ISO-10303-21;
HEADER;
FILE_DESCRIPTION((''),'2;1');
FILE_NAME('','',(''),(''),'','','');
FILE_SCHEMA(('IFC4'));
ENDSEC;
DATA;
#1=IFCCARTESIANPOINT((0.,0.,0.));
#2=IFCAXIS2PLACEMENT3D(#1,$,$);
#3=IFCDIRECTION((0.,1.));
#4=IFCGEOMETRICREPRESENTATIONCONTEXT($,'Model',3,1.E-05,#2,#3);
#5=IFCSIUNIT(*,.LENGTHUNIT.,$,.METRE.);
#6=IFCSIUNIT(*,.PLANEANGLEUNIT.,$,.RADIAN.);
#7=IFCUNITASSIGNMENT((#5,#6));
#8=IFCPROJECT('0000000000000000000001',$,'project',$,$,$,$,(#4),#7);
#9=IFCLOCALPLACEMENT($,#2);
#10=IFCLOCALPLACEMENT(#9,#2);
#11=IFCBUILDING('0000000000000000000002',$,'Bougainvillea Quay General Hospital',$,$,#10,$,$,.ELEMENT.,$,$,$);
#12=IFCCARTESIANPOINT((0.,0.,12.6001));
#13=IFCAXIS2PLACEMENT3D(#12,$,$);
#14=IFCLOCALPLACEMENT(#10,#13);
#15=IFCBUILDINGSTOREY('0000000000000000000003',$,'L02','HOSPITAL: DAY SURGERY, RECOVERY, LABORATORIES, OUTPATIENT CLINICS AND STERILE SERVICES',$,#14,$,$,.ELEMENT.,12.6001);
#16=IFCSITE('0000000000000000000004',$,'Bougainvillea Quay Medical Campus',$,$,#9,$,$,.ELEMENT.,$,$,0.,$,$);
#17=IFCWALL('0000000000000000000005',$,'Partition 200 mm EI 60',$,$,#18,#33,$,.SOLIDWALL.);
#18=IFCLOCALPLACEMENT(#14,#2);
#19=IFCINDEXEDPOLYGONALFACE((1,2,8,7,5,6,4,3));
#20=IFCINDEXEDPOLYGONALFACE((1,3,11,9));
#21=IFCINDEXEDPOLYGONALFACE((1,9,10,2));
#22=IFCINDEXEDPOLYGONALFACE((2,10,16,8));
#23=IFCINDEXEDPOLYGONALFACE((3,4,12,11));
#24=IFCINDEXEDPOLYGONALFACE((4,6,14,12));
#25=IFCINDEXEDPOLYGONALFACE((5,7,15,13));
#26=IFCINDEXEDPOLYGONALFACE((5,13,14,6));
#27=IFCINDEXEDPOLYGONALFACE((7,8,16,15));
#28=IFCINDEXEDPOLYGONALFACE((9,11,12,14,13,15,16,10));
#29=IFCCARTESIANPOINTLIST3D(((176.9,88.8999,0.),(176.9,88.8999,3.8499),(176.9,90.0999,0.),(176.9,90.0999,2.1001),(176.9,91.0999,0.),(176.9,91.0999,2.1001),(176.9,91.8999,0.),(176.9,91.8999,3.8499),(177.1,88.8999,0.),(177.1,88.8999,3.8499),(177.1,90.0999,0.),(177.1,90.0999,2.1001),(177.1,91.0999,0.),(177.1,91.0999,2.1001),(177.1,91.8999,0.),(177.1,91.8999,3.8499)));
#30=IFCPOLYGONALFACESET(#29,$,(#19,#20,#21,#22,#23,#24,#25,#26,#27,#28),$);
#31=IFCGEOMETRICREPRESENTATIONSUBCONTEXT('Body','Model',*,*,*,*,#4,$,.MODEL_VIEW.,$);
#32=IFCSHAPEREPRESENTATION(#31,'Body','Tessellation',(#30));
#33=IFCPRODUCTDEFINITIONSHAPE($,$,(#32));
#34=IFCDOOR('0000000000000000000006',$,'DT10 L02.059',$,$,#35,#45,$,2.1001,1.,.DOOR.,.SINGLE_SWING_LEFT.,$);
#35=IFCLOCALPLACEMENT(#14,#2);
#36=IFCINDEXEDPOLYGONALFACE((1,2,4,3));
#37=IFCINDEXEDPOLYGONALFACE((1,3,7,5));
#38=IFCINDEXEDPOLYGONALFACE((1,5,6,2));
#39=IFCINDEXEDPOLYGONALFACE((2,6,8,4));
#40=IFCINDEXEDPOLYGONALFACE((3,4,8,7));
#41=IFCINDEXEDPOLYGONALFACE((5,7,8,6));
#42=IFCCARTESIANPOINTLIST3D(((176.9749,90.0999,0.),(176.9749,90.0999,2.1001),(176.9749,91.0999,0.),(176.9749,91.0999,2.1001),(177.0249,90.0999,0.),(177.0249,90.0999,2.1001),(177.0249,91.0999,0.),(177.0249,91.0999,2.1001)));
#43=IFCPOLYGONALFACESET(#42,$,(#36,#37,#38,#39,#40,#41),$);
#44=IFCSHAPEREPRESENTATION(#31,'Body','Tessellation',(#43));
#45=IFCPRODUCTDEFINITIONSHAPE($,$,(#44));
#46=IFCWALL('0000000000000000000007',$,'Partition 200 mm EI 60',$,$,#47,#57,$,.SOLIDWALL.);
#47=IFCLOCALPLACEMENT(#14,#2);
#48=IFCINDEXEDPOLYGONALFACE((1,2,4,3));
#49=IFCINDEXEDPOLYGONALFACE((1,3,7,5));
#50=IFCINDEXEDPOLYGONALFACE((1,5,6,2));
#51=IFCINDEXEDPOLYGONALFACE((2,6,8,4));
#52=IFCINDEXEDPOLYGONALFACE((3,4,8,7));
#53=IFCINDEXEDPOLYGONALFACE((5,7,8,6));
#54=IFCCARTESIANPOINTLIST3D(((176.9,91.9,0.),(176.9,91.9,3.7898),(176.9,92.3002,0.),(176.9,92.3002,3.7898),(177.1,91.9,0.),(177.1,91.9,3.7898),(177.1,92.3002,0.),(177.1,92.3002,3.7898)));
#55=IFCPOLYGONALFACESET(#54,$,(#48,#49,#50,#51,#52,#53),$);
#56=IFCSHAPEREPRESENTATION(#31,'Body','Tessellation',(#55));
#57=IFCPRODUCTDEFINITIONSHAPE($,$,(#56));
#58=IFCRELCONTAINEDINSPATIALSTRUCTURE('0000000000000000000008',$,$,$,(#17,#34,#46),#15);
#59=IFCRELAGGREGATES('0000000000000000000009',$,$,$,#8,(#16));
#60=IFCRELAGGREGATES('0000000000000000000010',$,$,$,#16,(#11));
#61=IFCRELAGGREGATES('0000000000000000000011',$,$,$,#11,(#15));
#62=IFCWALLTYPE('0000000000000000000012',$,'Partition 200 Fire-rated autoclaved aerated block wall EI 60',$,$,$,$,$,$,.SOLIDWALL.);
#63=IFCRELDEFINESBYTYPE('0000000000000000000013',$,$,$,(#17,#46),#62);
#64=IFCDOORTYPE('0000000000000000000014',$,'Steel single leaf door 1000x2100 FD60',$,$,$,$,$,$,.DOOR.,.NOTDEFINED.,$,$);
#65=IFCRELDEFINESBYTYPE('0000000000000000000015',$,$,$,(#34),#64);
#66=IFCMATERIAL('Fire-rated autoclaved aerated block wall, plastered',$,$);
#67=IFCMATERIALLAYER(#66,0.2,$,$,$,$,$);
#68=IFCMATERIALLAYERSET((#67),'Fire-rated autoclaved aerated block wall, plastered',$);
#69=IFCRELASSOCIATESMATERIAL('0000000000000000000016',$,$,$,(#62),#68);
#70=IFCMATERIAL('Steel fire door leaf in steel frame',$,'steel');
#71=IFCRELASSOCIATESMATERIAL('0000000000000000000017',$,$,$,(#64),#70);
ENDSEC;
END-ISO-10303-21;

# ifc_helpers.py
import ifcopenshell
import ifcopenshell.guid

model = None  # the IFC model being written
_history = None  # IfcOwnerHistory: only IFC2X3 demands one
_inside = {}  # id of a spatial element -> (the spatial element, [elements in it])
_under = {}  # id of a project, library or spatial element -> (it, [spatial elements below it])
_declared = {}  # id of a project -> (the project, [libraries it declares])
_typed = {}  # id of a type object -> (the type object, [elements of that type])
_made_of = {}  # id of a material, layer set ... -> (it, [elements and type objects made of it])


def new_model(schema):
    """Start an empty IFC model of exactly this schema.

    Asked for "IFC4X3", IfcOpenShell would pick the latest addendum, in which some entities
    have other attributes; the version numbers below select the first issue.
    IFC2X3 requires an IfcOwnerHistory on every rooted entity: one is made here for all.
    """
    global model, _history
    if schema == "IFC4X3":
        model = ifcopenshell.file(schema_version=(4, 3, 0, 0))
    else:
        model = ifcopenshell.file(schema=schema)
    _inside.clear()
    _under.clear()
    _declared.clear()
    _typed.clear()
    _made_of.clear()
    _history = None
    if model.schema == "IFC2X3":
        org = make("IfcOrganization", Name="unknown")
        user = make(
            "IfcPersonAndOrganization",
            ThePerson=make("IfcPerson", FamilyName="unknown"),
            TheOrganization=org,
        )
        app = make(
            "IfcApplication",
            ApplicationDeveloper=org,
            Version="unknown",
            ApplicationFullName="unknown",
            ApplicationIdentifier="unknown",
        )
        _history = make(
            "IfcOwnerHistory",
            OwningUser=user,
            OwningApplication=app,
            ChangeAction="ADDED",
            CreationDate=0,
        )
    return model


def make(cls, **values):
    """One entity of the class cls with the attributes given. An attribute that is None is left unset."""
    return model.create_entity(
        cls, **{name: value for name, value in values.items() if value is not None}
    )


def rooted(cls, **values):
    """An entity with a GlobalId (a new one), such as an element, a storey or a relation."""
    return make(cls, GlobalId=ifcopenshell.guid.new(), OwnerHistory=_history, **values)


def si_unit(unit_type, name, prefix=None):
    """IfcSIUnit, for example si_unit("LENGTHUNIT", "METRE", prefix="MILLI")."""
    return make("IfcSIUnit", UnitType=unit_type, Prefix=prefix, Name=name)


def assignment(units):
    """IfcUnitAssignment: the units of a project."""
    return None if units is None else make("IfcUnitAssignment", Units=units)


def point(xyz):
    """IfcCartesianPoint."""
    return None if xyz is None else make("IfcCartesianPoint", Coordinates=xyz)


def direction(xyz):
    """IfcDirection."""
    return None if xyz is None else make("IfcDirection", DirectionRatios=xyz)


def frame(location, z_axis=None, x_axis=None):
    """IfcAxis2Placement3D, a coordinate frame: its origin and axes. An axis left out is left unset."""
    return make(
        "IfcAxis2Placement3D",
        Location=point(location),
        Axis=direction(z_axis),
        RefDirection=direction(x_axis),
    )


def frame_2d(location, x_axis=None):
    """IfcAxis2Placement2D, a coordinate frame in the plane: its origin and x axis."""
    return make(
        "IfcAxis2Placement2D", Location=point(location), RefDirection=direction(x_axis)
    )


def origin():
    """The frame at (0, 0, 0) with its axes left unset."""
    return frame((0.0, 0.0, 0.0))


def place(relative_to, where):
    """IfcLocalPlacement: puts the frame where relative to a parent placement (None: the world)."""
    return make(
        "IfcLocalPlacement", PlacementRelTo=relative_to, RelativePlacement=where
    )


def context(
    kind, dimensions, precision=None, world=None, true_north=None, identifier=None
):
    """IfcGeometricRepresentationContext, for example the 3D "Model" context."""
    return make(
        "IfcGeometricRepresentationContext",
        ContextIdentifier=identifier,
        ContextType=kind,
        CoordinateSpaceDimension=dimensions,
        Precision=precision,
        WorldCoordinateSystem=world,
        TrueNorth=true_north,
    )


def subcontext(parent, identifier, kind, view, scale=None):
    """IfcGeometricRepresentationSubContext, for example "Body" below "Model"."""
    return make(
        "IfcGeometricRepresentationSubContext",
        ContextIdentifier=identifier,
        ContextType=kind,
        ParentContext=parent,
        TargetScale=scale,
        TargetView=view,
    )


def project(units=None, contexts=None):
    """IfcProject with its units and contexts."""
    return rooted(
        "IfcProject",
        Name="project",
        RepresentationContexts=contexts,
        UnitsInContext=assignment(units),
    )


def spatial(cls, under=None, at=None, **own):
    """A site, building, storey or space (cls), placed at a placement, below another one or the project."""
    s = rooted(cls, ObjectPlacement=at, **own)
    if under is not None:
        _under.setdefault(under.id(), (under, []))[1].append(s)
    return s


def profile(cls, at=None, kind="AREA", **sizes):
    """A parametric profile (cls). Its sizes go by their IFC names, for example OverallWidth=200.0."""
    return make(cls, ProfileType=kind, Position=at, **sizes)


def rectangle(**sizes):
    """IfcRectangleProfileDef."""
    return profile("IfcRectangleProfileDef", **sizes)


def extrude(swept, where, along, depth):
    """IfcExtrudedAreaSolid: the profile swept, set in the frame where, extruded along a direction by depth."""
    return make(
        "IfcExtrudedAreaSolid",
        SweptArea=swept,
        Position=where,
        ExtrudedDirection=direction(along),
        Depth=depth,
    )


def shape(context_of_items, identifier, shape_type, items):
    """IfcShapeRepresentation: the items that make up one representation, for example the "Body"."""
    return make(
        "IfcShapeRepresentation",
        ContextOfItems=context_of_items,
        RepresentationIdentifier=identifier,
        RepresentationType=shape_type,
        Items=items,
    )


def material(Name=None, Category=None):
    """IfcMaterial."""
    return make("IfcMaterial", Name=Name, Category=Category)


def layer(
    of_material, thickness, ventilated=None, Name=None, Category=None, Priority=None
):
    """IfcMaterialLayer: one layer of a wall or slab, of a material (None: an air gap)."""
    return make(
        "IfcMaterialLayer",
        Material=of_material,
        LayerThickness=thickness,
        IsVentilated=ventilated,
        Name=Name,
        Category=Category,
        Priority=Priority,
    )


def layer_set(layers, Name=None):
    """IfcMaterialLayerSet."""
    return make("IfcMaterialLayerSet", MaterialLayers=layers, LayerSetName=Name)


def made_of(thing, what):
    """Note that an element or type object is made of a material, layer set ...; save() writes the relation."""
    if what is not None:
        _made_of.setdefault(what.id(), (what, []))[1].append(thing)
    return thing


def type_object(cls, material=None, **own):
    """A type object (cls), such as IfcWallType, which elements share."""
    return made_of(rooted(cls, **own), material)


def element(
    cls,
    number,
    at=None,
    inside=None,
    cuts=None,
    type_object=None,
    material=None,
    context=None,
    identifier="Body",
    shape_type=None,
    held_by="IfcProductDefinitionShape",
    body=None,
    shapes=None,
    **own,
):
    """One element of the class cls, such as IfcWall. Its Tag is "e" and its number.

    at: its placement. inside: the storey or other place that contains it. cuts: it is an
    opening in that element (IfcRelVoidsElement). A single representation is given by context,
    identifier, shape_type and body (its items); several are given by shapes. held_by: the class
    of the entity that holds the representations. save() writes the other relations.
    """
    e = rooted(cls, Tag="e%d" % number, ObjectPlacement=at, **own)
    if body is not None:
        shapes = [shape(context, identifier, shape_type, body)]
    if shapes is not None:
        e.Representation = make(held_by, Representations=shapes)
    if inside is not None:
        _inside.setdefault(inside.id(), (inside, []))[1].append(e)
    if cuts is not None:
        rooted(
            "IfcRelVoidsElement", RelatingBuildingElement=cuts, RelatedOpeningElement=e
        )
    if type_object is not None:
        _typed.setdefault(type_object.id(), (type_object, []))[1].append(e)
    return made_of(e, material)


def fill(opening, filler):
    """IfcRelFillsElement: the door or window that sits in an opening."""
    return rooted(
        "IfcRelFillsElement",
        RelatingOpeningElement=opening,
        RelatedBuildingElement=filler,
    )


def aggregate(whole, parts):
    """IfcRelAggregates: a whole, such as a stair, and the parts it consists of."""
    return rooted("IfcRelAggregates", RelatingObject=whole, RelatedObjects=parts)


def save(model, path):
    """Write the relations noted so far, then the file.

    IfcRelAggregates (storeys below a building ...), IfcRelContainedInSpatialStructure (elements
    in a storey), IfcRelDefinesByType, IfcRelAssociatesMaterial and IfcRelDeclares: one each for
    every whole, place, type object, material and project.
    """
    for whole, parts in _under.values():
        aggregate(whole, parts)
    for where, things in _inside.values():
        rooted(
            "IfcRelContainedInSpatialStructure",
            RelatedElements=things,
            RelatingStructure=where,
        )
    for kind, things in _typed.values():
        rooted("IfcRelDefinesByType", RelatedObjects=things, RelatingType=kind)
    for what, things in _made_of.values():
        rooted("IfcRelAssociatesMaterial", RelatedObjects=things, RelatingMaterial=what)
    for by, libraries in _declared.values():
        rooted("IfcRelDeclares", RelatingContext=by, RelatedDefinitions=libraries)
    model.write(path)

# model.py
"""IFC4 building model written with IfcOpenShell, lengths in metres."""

from ifc_helpers import new_model, si_unit, direction, frame, frame_2d, origin, place, context, subcontext, project, spatial, rectangle, extrude, material, layer, layer_set, type_object, element, fill, save


model = new_model("IFC4")

# Units and contexts
model_context = context("Model", 3, precision=1e-05, world=origin(), true_north=direction((0.0, 1.0)))
body_context = subcontext(model_context, "Body", "Model", "MODEL_VIEW")
ifc_project = project(units=[si_unit("LENGTHUNIT", "METRE"), si_unit("PLANEANGLEUNIT", "RADIAN")], contexts=[model_context])

# Site, building, storey
site_placement = place(None, origin())
site = spatial("IfcSite", under=ifc_project, at=site_placement, Name="Bougainvillea Quay Medical Campus", CompositionType="ELEMENT", RefElevation=0.0)
building_placement = place(site_placement, origin())
building = spatial("IfcBuilding", under=site, at=building_placement, Name="Bougainvillea Quay General Hospital", CompositionType="ELEMENT")
storey_placement = place(building_placement, frame((0.0, 0.0, 12.6001)))
storey = spatial("IfcBuildingStorey", under=building, at=storey_placement, Name="L02", Description="HOSPITAL: DAY SURGERY, RECOVERY, LABORATORIES, OUTPATIENT CLINICS AND STERILE SERVICES", CompositionType="ELEMENT", Elevation=12.6001)

# Shared definitions
ifc_material_1 = material(Name="Fire-rated autoclaved aerated block wall, plastered")
ifc_layer_1 = layer(ifc_material_1, 0.2)
ifc_layer_set_1 = layer_set([ifc_layer_1], Name="Fire-rated autoclaved aerated block wall, plastered")
wall_type_1 = type_object("IfcWallType", Name="Partition 200 Fire-rated autoclaved aerated block wall EI 60", PredefinedType="SOLIDWALL", material=ifc_layer_set_1)

# Wall, opening, door
wall_1_placement = place(storey_placement, frame((177.0, 88.8999, 0.0), z_axis=(0.0, 0.0, 1.0), x_axis=(0.0, 1.0, 0.0)))
wall_1 = element("IfcWall", 1, at=wall_1_placement, inside=storey, type_object=wall_type_1, Name="Partition 200 mm EI 60", PredefinedType="SOLIDWALL", context=body_context, shape_type="SweptSolid", body=[
    extrude(rectangle(XDim=3.0, YDim=0.2, at=frame_2d((1.5, 0.0))), origin(), (0.0, 0.0, 1.0), 3.8499),
])
opening_1_placement = place(wall_1_placement, frame((1.2, 0.0, 0.0)))
opening_1 = element("IfcOpeningElement", 2, at=opening_1_placement, cuts=wall_1, PredefinedType="OPENING", context=body_context, shape_type="SweptSolid", body=[
    extrude(rectangle(XDim=1.0, YDim=2.1001, at=frame_2d((0.5, 1.05))), frame((0.0, 0.1099, 0.0), z_axis=(0.0, -1.0, 0.0), x_axis=(1.0, 0.0, 0.0)), (0.0, 0.0, 1.0), 0.22),
])
ifc_material_2 = material(Name="Steel fire door leaf in steel frame", Category="steel")
door_type_1 = type_object("IfcDoorType", Name="Steel single leaf door 1000x2100 FD60", OperationType="NOTDEFINED", PredefinedType="DOOR", material=ifc_material_2)
door_1_placement = place(opening_1_placement, frame((1.0, 0.0, 0.0), z_axis=(0.0, 0.0, 1.0), x_axis=(-1.0, 0.0, 0.0)))
door_1 = element("IfcDoor", 3, at=door_1_placement, inside=storey, type_object=door_type_1, Name="DT10 L02.059", OperationType="SINGLE_SWING_LEFT", OverallHeight=2.1001, OverallWidth=1.0, PredefinedType="DOOR", context=body_context, shape_type="SweptSolid", body=[
    extrude(rectangle(XDim=1.0, YDim=2.1001, at=frame_2d((0.5, 1.05))), frame((0.0, 0.0249, 0.0), z_axis=(0.0, -1.0, 0.0), x_axis=(1.0, 0.0, 0.0)), (0.0, 0.0, 1.0), 0.05),
])
fill(opening_1, door_1)

# Wall
wall_2_placement = place(storey_placement, frame((177.0, 91.8999, 0.0), z_axis=(0.0, 0.0, 1.0), x_axis=(0.0, 1.0, 0.0)))
element("IfcWall", 4, at=wall_2_placement, inside=storey, type_object=wall_type_1, Name="Partition 200 mm EI 60", PredefinedType="SOLIDWALL", context=body_context, shape_type="SweptSolid", body=[
    extrude(rectangle(XDim=0.4001, YDim=0.2, at=frame_2d((0.2002, 0.0))), origin(), (0.0, 0.0, 1.0), 3.7898),
])

save(model, "model.ifc")
